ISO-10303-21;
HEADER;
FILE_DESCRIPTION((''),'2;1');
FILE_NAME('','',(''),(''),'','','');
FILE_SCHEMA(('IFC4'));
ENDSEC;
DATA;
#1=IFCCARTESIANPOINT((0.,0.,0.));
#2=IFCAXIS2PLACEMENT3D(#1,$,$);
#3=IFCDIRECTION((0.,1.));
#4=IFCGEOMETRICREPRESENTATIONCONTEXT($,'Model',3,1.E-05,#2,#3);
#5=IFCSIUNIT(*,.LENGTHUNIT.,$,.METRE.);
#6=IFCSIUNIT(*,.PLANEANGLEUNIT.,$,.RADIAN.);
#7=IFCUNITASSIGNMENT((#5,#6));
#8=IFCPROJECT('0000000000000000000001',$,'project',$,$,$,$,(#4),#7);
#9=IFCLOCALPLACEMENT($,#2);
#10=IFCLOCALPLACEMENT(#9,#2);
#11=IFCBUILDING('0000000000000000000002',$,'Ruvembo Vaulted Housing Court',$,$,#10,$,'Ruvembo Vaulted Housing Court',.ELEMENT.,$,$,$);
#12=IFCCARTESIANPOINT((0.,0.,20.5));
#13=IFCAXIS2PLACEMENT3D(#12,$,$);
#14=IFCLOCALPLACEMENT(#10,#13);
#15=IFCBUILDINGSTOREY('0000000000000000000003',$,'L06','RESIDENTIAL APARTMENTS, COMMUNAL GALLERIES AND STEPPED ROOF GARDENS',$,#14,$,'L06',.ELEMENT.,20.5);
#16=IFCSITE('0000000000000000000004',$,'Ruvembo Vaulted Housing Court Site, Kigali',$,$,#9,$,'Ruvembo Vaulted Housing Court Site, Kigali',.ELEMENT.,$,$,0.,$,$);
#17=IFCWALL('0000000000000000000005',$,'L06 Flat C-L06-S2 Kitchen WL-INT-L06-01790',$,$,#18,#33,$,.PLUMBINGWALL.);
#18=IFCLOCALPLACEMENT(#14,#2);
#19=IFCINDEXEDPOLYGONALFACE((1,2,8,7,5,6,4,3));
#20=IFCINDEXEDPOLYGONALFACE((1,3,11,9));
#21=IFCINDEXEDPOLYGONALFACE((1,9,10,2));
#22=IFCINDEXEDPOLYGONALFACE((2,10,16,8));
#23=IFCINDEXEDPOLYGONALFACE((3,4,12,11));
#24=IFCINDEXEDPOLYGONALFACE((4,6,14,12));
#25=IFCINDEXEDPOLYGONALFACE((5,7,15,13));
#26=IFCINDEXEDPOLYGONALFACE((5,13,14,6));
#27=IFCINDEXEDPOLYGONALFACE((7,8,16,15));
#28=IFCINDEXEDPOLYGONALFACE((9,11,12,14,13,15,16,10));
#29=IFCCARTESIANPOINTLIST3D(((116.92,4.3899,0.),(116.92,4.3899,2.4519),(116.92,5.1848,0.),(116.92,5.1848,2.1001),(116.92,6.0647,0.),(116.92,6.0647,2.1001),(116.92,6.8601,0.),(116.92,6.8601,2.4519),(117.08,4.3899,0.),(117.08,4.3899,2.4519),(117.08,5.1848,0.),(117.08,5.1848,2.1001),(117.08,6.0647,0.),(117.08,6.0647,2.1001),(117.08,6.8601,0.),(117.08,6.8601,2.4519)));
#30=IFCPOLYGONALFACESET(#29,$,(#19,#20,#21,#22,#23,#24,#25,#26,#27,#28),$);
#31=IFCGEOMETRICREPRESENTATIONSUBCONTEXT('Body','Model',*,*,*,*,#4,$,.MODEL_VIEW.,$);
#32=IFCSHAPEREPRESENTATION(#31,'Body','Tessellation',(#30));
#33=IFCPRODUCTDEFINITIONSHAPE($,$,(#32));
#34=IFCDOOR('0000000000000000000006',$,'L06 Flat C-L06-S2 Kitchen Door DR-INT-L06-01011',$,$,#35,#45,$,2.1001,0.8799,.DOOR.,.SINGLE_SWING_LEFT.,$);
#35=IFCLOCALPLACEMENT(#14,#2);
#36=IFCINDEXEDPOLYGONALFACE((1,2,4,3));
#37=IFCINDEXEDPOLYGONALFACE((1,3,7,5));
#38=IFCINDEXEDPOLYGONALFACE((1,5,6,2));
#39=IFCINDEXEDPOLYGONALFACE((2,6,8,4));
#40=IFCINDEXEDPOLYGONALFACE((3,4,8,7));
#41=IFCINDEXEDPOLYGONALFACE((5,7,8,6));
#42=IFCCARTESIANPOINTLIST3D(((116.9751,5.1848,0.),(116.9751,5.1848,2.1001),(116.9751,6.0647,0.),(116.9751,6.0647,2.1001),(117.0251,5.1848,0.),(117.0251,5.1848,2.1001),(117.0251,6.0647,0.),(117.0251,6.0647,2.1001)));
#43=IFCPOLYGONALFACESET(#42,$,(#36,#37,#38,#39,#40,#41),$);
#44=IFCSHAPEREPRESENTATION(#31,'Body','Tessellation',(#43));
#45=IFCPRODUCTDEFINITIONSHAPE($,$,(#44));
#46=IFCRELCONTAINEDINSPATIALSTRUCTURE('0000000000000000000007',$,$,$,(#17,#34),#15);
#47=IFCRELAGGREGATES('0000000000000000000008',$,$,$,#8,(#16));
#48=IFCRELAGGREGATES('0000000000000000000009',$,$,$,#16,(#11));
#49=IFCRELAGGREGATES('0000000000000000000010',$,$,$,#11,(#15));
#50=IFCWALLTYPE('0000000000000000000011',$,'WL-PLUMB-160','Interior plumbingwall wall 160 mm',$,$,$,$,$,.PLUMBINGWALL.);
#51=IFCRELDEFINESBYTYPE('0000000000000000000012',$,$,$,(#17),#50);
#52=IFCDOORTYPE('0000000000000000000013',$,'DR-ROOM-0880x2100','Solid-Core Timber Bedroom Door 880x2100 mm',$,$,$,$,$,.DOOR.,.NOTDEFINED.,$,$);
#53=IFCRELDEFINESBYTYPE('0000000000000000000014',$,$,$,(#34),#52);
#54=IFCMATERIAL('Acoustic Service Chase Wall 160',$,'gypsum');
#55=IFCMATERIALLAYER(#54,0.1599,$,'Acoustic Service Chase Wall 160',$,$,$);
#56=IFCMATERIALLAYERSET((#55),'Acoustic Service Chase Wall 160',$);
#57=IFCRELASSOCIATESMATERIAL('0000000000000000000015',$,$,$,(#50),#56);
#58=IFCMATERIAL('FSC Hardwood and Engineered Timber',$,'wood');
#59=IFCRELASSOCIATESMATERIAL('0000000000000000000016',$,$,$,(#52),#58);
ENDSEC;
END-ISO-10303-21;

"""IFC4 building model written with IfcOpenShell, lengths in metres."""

from ifc_helpers import new_model, si_unit, direction, frame, frame_2d, origin, place, context, subcontext, project, spatial, rectangle, extrude, material, layer, layer_set, type_object, element, fill, save


model = new_model("IFC4")

# Units and contexts
model_context = context("Model", 3, precision=1e-05, world=origin(), true_north=direction((0.0, 1.0)))
body_context = subcontext(model_context, "Body", "Model", "MODEL_VIEW")
ifc_project = project(units=[si_unit("LENGTHUNIT", "METRE"), si_unit("PLANEANGLEUNIT", "RADIAN")], contexts=[model_context])

# Site, building, storey
site_placement = place(None, origin())
site = spatial("IfcSite", under=ifc_project, at=site_placement, Name="Ruvembo Vaulted Housing Court Site, Kigali", LongName="Ruvembo Vaulted Housing Court Site, Kigali", CompositionType="ELEMENT", RefElevation=0.0)
building_placement = place(site_placement, origin())
building = spatial("IfcBuilding", under=site, at=building_placement, Name="Ruvembo Vaulted Housing Court", LongName="Ruvembo Vaulted Housing Court", CompositionType="ELEMENT")
storey_placement = place(building_placement, frame((0.0, 0.0, 20.5)))
storey = spatial("IfcBuildingStorey", under=building, at=storey_placement, Name="L06", Description="RESIDENTIAL APARTMENTS, COMMUNAL GALLERIES AND STEPPED ROOF GARDENS", LongName="L06", CompositionType="ELEMENT", Elevation=20.5)

# Shared definitions
ifc_material_1 = material(Name="FSC Hardwood and Engineered Timber", Category="wood")

# Wall, opening, door
ifc_material_2 = material(Name="Acoustic Service Chase Wall 160", Category="gypsum")
ifc_layer_1 = layer(ifc_material_2, 0.1599, Name="Acoustic Service Chase Wall 160")
ifc_layer_set_1 = layer_set([ifc_layer_1], Name="Acoustic Service Chase Wall 160")
wall_type_1 = type_object("IfcWallType", Name="WL-PLUMB-160", Description="Interior plumbingwall wall 160 mm", PredefinedType="PLUMBINGWALL", material=ifc_layer_set_1)
wall_1_placement = place(storey_placement, frame((117.0, 4.3899, 0.0), z_axis=(0.0, 0.0, 1.0), x_axis=(0.0, 1.0, 0.0)))
wall_1 = element("IfcWall", 1, at=wall_1_placement, inside=storey, type_object=wall_type_1, Name="L06 Flat C-L06-S2 Kitchen WL-INT-L06-01790", PredefinedType="PLUMBINGWALL", context=body_context, shape_type="SweptSolid", body=[
    extrude(rectangle(XDim=2.4702, YDim=0.1599, at=frame_2d((1.2351, 0.0))), origin(), (0.0, 0.0, 1.0), 2.4519),
])
opening_1_placement = place(wall_1_placement, frame((0.7949, 0.0, 0.0)))
opening_1 = element("IfcOpeningElement", 2, at=opening_1_placement, cuts=wall_1, PredefinedType="OPENING", context=body_context, shape_type="SweptSolid", body=[
    extrude(rectangle(XDim=0.8799, YDim=2.1001, at=frame_2d((0.4399, 1.05))), frame((0.0, 0.0898, 0.0), z_axis=(0.0, -1.0, 0.0), x_axis=(1.0, 0.0, 0.0)), (0.0, 0.0, 1.0), 0.1799),
])
door_type_1 = type_object("IfcDoorType", Name="DR-ROOM-0880x2100", Description="Solid-Core Timber Bedroom Door 880x2100 mm", OperationType="NOTDEFINED", PredefinedType="DOOR", material=ifc_material_1)
door_1_placement = place(opening_1_placement, origin())
door_1 = element("IfcDoor", 3, at=door_1_placement, inside=storey, type_object=door_type_1, Name="L06 Flat C-L06-S2 Kitchen Door DR-INT-L06-01011", OperationType="SINGLE_SWING_LEFT", OverallHeight=2.1001, OverallWidth=0.8799, PredefinedType="DOOR", context=body_context, shape_type="SweptSolid", body=[
    extrude(rectangle(XDim=0.8799, YDim=2.1001, at=frame_2d((0.4399, 1.05))), frame((0.0, 0.0249, 0.0), z_axis=(0.0, -1.0, 0.0), x_axis=(1.0, 0.0, 0.0)), (0.0, 0.0, 1.0), 0.05),
])
fill(opening_1, door_1)

save(model, "model.ifc")
